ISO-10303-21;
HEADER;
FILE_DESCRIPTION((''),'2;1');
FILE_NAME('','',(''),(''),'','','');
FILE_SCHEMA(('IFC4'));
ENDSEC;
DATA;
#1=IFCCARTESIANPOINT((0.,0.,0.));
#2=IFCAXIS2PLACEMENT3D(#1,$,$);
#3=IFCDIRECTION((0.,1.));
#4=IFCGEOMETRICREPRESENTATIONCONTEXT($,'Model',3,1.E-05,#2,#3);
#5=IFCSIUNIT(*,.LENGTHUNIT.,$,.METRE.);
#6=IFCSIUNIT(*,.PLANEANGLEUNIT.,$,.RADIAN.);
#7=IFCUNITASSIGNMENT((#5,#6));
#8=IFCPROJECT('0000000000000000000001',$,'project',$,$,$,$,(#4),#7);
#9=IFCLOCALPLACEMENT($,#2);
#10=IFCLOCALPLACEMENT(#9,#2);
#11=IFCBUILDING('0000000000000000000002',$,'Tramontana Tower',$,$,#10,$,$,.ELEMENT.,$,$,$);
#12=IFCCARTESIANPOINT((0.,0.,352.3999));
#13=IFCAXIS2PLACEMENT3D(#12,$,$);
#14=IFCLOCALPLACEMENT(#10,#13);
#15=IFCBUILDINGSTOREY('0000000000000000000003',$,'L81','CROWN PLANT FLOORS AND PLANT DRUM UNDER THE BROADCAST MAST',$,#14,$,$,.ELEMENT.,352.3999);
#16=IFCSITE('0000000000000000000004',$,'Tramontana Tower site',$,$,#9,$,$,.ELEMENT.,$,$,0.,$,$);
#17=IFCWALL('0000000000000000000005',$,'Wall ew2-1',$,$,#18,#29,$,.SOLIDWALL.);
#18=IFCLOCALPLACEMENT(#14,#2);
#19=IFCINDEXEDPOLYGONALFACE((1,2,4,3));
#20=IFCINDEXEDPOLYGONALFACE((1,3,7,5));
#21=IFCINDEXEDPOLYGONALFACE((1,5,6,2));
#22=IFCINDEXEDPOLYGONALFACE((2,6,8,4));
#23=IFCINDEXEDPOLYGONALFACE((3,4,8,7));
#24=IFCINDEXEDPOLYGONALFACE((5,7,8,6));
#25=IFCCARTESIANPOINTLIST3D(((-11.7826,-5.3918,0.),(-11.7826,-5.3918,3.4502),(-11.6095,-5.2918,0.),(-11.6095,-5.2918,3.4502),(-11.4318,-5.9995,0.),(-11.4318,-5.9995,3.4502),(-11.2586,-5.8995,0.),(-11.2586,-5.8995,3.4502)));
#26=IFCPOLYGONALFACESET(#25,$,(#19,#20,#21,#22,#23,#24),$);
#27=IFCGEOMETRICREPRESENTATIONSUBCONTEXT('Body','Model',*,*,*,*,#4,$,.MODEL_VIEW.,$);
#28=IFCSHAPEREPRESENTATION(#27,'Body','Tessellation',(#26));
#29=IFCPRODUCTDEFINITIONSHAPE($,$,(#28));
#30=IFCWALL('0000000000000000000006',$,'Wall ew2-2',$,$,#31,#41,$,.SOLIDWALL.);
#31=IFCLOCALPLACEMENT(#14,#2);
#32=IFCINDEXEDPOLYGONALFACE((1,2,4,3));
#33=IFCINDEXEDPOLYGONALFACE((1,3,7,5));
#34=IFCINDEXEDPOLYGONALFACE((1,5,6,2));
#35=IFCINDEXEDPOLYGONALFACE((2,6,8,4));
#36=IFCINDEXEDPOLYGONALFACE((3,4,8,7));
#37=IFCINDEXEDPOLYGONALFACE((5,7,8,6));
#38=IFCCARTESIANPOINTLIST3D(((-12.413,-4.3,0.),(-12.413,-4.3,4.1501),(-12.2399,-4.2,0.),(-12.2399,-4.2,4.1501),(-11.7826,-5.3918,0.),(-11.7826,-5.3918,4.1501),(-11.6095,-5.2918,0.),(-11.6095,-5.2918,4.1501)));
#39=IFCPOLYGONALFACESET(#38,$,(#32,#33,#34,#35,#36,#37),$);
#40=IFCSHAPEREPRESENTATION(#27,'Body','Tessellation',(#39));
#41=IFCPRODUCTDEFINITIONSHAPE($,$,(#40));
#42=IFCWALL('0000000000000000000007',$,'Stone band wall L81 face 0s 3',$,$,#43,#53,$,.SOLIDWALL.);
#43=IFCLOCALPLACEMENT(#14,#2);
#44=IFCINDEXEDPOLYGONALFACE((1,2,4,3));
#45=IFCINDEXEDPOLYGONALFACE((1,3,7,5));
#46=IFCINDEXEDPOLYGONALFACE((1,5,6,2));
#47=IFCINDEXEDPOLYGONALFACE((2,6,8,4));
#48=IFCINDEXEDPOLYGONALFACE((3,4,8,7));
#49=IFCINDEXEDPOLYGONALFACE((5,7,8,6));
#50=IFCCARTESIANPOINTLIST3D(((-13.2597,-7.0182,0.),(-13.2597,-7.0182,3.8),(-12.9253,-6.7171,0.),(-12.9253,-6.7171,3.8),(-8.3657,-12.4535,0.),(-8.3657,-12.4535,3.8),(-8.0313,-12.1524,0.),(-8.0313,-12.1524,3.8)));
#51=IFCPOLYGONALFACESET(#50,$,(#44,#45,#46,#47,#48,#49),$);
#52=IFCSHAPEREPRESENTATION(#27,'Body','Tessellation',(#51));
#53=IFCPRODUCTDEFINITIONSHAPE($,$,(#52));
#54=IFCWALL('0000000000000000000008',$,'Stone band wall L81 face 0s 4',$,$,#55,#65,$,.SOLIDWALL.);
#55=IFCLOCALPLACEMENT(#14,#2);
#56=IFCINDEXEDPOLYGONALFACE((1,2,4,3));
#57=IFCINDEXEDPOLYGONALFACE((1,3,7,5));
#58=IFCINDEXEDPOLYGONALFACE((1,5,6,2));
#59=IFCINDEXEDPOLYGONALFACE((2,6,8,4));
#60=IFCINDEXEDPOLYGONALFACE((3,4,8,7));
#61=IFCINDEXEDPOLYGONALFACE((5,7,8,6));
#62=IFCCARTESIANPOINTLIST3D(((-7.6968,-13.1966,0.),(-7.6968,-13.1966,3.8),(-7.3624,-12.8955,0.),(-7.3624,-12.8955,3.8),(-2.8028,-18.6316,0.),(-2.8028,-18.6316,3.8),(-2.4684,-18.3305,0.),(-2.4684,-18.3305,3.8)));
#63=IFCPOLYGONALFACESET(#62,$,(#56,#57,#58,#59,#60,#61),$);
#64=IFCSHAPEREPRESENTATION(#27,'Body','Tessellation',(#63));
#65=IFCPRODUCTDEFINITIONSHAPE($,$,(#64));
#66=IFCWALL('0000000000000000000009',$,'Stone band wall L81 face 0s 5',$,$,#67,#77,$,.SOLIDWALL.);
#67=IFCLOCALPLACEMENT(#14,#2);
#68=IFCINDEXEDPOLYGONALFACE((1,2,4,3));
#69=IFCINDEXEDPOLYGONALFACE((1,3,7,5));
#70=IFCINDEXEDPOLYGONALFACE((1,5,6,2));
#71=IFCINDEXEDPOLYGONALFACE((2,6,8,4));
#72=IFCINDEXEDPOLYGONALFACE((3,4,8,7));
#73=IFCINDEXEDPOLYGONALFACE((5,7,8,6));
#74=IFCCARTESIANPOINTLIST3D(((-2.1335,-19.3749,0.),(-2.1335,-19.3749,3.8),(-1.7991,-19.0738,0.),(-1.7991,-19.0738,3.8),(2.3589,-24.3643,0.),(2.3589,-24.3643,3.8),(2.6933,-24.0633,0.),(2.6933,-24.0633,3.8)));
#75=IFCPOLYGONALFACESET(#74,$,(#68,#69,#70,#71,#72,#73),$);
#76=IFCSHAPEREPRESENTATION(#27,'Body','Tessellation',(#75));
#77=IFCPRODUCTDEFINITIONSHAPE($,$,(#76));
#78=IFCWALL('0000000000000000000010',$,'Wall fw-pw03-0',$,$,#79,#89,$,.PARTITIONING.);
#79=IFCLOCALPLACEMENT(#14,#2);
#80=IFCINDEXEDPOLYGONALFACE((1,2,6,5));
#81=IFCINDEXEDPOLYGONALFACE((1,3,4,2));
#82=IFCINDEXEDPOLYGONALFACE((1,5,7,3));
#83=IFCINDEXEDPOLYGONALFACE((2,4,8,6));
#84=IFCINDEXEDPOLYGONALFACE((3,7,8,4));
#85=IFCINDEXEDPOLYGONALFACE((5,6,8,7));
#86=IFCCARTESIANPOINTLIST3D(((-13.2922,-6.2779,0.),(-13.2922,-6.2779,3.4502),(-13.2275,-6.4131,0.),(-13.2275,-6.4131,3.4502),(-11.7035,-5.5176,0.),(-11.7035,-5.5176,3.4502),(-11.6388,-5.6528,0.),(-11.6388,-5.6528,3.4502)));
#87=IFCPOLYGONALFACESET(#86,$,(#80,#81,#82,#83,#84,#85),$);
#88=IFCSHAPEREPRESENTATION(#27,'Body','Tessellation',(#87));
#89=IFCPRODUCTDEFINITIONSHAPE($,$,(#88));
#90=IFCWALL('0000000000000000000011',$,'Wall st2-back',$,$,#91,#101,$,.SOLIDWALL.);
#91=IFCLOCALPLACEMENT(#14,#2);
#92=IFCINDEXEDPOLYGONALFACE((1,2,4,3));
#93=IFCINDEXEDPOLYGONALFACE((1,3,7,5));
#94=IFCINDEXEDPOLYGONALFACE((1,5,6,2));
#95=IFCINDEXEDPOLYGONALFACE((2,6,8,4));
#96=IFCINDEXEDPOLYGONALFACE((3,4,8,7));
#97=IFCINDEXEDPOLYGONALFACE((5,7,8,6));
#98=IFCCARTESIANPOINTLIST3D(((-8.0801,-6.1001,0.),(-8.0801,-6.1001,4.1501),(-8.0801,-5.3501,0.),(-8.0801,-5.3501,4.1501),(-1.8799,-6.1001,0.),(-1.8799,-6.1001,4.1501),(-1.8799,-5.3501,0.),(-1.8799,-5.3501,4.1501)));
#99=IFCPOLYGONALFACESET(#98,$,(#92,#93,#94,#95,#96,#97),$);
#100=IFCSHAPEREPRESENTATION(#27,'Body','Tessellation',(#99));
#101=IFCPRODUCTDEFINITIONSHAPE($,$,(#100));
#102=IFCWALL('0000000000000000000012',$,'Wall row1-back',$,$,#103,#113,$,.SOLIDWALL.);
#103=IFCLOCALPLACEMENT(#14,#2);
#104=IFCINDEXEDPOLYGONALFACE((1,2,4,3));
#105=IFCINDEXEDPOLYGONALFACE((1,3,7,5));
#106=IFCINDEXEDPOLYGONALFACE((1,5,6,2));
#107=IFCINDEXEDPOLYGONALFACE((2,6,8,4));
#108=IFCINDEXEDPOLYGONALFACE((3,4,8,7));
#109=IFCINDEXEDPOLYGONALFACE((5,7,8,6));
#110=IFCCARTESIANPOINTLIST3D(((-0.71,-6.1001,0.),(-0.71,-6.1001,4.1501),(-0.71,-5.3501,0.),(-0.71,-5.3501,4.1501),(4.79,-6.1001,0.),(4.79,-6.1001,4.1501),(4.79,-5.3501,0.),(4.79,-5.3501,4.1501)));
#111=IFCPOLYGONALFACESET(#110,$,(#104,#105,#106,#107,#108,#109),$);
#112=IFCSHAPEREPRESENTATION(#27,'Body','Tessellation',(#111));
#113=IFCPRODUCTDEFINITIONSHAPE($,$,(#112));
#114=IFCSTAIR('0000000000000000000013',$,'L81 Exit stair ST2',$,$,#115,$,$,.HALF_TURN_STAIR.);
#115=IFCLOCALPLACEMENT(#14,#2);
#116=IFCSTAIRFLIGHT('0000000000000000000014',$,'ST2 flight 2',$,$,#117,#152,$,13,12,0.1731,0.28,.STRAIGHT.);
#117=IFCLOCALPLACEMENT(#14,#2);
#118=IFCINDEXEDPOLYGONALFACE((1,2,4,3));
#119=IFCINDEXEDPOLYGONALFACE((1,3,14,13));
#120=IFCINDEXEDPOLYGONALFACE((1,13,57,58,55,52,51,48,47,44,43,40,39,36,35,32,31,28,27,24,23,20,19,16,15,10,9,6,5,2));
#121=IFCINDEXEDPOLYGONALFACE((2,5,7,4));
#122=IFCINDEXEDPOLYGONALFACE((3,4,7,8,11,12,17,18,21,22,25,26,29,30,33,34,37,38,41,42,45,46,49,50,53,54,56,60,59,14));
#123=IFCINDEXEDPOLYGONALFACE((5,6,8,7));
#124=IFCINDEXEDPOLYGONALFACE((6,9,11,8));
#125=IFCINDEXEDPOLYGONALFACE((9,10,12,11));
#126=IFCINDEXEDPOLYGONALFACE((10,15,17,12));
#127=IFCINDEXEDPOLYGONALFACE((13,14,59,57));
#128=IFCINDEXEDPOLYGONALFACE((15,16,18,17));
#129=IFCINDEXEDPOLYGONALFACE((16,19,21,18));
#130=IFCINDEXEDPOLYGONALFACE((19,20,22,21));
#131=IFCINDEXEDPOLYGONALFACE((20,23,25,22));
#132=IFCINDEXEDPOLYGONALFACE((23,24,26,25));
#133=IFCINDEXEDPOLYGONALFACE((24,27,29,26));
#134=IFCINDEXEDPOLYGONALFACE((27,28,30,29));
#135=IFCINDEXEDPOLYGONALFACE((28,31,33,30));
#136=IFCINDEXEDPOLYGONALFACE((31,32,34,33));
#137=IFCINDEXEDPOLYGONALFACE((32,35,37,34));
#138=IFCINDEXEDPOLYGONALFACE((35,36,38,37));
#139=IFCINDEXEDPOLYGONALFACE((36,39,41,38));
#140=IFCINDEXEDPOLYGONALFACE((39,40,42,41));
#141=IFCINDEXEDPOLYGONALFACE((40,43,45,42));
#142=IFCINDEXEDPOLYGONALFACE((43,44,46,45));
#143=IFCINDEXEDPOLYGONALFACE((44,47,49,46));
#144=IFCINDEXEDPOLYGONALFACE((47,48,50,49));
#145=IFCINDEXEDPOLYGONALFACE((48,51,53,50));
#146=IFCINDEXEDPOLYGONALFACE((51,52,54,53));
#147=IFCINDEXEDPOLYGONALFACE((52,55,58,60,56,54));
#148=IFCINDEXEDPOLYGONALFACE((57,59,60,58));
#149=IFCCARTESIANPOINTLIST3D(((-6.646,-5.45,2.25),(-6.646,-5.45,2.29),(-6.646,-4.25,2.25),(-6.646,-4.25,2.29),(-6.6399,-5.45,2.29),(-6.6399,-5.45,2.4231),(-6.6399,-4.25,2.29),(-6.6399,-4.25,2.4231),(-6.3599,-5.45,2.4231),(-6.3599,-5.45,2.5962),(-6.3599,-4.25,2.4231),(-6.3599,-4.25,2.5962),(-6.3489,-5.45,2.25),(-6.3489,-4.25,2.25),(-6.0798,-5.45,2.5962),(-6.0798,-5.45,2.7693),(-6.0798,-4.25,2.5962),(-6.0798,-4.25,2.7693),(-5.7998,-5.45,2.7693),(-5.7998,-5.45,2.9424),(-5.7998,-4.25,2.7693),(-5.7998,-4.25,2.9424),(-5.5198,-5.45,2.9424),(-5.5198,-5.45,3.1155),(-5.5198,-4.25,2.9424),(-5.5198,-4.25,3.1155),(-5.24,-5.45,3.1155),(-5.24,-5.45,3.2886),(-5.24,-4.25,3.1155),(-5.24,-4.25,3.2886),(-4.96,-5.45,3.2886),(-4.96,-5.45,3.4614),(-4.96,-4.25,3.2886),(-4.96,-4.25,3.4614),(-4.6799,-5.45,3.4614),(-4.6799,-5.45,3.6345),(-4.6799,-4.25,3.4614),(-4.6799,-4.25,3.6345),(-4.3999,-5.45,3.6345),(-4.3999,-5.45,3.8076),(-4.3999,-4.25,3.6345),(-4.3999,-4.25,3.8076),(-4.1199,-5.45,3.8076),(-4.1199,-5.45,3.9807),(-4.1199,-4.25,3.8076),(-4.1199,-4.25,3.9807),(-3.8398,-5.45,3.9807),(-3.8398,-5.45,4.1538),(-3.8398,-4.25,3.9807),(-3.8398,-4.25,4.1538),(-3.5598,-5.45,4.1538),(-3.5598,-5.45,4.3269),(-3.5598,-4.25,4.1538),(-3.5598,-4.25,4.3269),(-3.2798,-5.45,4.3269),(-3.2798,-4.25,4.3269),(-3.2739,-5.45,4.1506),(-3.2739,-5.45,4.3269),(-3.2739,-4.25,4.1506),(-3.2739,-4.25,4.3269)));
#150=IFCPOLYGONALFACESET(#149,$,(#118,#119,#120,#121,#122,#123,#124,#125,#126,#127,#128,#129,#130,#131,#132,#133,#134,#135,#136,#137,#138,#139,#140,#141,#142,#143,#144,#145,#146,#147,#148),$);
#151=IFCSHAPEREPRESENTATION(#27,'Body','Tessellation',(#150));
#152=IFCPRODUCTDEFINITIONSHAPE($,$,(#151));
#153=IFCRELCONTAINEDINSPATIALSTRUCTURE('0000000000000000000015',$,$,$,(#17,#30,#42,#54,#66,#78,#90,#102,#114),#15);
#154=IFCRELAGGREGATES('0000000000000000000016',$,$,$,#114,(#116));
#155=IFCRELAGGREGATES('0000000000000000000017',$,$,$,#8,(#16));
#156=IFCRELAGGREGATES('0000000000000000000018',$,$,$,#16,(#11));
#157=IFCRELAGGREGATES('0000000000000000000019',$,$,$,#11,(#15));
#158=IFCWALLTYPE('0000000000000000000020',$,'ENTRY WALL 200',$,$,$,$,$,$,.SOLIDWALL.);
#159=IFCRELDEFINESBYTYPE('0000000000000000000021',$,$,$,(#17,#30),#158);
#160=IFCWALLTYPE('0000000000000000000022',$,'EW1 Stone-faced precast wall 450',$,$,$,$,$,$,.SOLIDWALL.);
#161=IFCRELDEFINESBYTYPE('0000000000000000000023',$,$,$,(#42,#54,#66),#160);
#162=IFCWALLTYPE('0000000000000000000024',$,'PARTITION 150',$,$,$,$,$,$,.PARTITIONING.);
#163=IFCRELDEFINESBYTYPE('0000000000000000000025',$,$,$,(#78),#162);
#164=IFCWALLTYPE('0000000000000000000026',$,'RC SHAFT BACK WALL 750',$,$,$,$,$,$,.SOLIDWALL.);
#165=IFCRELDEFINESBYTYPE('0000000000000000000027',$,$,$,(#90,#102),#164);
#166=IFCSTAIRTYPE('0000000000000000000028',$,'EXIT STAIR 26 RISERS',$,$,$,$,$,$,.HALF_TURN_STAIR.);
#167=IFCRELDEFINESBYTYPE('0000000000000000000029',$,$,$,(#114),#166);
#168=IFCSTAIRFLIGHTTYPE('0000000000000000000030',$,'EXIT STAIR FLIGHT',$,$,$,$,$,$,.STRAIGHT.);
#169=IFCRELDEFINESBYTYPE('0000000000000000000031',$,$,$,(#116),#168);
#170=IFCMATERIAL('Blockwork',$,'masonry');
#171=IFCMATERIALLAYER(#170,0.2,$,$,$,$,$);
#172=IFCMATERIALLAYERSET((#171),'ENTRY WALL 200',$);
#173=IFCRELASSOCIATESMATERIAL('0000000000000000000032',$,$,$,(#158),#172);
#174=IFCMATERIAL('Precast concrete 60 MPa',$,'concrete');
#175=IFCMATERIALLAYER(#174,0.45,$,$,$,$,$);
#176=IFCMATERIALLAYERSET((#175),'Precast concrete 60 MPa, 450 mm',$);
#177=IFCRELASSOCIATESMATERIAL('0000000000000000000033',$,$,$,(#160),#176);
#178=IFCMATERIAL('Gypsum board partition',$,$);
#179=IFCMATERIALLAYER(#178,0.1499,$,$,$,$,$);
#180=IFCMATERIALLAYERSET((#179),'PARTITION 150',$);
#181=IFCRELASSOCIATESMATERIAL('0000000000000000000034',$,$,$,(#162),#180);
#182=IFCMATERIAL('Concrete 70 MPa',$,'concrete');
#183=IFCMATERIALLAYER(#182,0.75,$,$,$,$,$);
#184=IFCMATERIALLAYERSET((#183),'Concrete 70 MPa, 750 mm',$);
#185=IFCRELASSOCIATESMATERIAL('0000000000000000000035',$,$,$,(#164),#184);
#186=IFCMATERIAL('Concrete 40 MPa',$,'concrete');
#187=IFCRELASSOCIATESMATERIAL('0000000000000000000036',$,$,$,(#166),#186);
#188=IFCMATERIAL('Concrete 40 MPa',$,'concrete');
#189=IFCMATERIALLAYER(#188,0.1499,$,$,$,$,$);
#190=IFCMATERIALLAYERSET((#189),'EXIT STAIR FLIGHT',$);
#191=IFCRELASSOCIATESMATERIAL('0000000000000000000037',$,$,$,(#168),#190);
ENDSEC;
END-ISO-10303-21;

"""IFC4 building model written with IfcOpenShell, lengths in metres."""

from ifc_helpers import new_model, si_unit, direction, frame, frame_2d, origin, place, context, subcontext, project, spatial, polyline, rectangle, outline, extrude, material, layer, layer_set, type_object, element, aggregate, save


model = new_model("IFC4")

# Units and contexts
model_context = context("Model", 3, precision=1e-05, world=origin(), true_north=direction((0.0, 1.0)))
body_context = subcontext(model_context, "Body", "Model", "MODEL_VIEW")
ifc_project = project(units=[si_unit("LENGTHUNIT", "METRE"), si_unit("PLANEANGLEUNIT", "RADIAN")], contexts=[model_context])

# Site, building, storey
site_placement = place(None, origin())
site = spatial("IfcSite", under=ifc_project, at=site_placement, Name="Tramontana Tower site", CompositionType="ELEMENT", RefElevation=0.0)
building_placement = place(site_placement, origin())
building = spatial("IfcBuilding", under=site, at=building_placement, Name="Tramontana Tower", CompositionType="ELEMENT")
storey_placement = place(building_placement, frame((0.0, 0.0, 352.3999)))
storey = spatial("IfcBuildingStorey", under=building, at=storey_placement, Name="L81", Description="CROWN PLANT FLOORS AND PLANT DRUM UNDER THE BROADCAST MAST", CompositionType="ELEMENT", Elevation=352.3999)

# Shared definitions
ifc_material_1 = material(Name="Blockwork", Category="masonry")
ifc_layer_1 = layer(ifc_material_1, 0.2)
ifc_layer_set_1 = layer_set([ifc_layer_1], Name="ENTRY WALL 200")
wall_type_1 = type_object("IfcWallType", Name="ENTRY WALL 200", PredefinedType="SOLIDWALL", material=ifc_layer_set_1)

# Walls
wall_1_placement = place(storey_placement, frame((-11.3452, -5.9495, 0.0), z_axis=(0.0, 0.0, 1.0), x_axis=(-0.499994, 0.866029, 0.0)))
element("IfcWall", 1, at=wall_1_placement, inside=storey, type_object=wall_type_1, Name="Wall ew2-1", PredefinedType="SOLIDWALL", context=body_context, shape_type="SweptSolid", body=[
    extrude(rectangle(XDim=0.7017, YDim=0.2, at=frame_2d((0.3508, 0.0))), origin(), (0.0, 0.0, 1.0), 3.4502),
])
wall_2_placement = place(storey_placement, frame((-11.696, -5.3418, 0.0), z_axis=(0.0, 0.0, 1.0), x_axis=(-0.500013, 0.866018, 0.0)))
element("IfcWall", 2, at=wall_2_placement, inside=storey, type_object=wall_type_1, Name="Wall ew2-2", PredefinedType="SOLIDWALL", context=body_context, shape_type="SweptSolid", body=[
    extrude(rectangle(XDim=1.2607, YDim=0.2, at=frame_2d((0.6304, 0.0))), origin(), (0.0, 0.0, 1.0), 4.1501),
])
ifc_material_2 = material(Name="Precast concrete 60 MPa", Category="concrete")
ifc_layer_2 = layer(ifc_material_2, 0.45)
ifc_layer_set_2 = layer_set([ifc_layer_2], Name="Precast concrete 60 MPa, 450 mm")
wall_type_2 = type_object("IfcWallType", Name="EW1 Stone-faced precast wall 450", PredefinedType="SOLIDWALL", material=ifc_layer_set_2)
wall_3_placement = place(storey_placement, frame((-13.0925, -6.8677, 0.0), z_axis=(0.0, 0.0, 1.0), x_axis=(0.669136, -0.74314, 0.0)))
element("IfcWall", 3, at=wall_3_placement, inside=storey, type_object=wall_type_2, Name="Stone band wall L81 face 0s 3", PredefinedType="SOLIDWALL", context=body_context, shape_type="SweptSolid", body=[
    extrude(rectangle(XDim=7.314, YDim=0.45, at=frame_2d((3.657, 0.0))), origin(), (0.0, 0.0, 1.0), 3.8),
])
wall_4_placement = place(storey_placement, frame((-7.5295, -13.0461, 0.0), z_axis=(0.0, 0.0, 1.0), x_axis=(0.669153, -0.743125, 0.0)))
element("IfcWall", 4, at=wall_4_placement, inside=storey, type_object=wall_type_2, Name="Stone band wall L81 face 0s 4", PredefinedType="SOLIDWALL", context=body_context, shape_type="SweptSolid", body=[
    extrude(rectangle(XDim=7.3137, YDim=0.45, at=frame_2d((3.6567, 0.0))), origin(), (0.0, 0.0, 1.0), 3.8),
])
wall_5_placement = place(storey_placement, frame((-1.9663, -19.2244, 0.0), z_axis=(0.0, 0.0, 1.0), x_axis=(0.669119, -0.743155, 0.0)))
element("IfcWall", 5, at=wall_5_placement, inside=storey, type_object=wall_type_2, Name="Stone band wall L81 face 0s 5", PredefinedType="SOLIDWALL", context=body_context, shape_type="SweptSolid", body=[
    extrude(rectangle(XDim=6.7139, YDim=0.45, at=frame_2d((3.3569, 0.0))), origin(), (0.0, 0.0, 1.0), 3.8),
])
ifc_material_3 = material(Name="Gypsum board partition")
ifc_layer_3 = layer(ifc_material_3, 0.1499)
ifc_layer_set_3 = layer_set([ifc_layer_3], Name="PARTITION 150")
wall_type_3 = type_object("IfcWallType", Name="PARTITION 150", PredefinedType="PARTITIONING", material=ifc_layer_set_3)
wall_6_placement = place(storey_placement, frame((-11.6711, -5.5852, 0.0), z_axis=(0.0, 0.0, 1.0), x_axis=(-0.902029, -0.431676, 0.0)))
element("IfcWall", 6, at=wall_6_placement, inside=storey, type_object=wall_type_3, Name="Wall fw-pw03-0", PredefinedType="PARTITIONING", context=body_context, shape_type="SweptSolid", body=[
    extrude(rectangle(XDim=1.7612, YDim=0.1499, at=frame_2d((0.8806, 0.0))), origin(), (0.0, 0.0, 1.0), 3.4502),
])
ifc_material_4 = material(Name="Concrete 70 MPa", Category="concrete")
ifc_layer_4 = layer(ifc_material_4, 0.75)
ifc_layer_set_4 = layer_set([ifc_layer_4], Name="Concrete 70 MPa, 750 mm")
wall_type_4 = type_object("IfcWallType", Name="RC SHAFT BACK WALL 750", PredefinedType="SOLIDWALL", material=ifc_layer_set_4)
wall_7_placement = place(storey_placement, frame((-8.0801, -5.7251, 0.0), z_axis=(0.0, 0.0, 1.0), x_axis=(1.0, 0.0, 0.0)))
element("IfcWall", 7, at=wall_7_placement, inside=storey, type_object=wall_type_4, Name="Wall st2-back", PredefinedType="SOLIDWALL", context=body_context, shape_type="SweptSolid", body=[
    extrude(rectangle(XDim=6.2002, YDim=0.75, at=frame_2d((3.1001, 0.0))), origin(), (0.0, 0.0, 1.0), 4.1501),
])
wall_8_placement = place(storey_placement, frame((-0.71, -5.7251, 0.0), z_axis=(0.0, 0.0, 1.0), x_axis=(1.0, 0.0, 0.0)))
element("IfcWall", 8, at=wall_8_placement, inside=storey, type_object=wall_type_4, Name="Wall row1-back", PredefinedType="SOLIDWALL", context=body_context, shape_type="SweptSolid", body=[
    extrude(rectangle(XDim=5.5, YDim=0.75, at=frame_2d((2.75, 0.0))), origin(), (0.0, 0.0, 1.0), 4.1501),
])

# Stair, stair flight
ifc_material_5 = material(Name="Concrete 40 MPa", Category="concrete")
stair_type = type_object("IfcStairType", Name="EXIT STAIR 26 RISERS", PredefinedType="HALF_TURN_STAIR", material=ifc_material_5)
stair_placement = place(storey_placement, origin())
stair = element("IfcStair", 9, at=stair_placement, inside=storey, type_object=stair_type, Name="L81 Exit stair ST2", PredefinedType="HALF_TURN_STAIR")
ifc_material_6 = material(Name="Concrete 40 MPa", Category="concrete")
ifc_layer_5 = layer(ifc_material_6, 0.1499)
ifc_layer_set_5 = layer_set([ifc_layer_5], Name="EXIT STAIR FLIGHT")
stair_flight_type = type_object("IfcStairFlightType", Name="EXIT STAIR FLIGHT", PredefinedType="STRAIGHT", material=ifc_layer_set_5)
stair_flight_placement = place(storey_placement, frame((-6.6399, -4.8501, 2.25), z_axis=(0.0, 0.0, 1.0), x_axis=(1.0, 0.0, 0.0)))
stair_flight = element("IfcStairFlight", 10, at=stair_flight_placement, type_object=stair_flight_type, Name="ST2 flight 2", NumberOfRisers=13, NumberOfTreads=12, PredefinedType="STRAIGHT", RiserHeight=0.1731, TreadLength=0.28, context=body_context, shape_type="SweptSolid", body=[
    extrude(outline(polyline([(-0.0061, 0.0), (-0.0061, 0.04), (0.0, 0.04), (0.0, 0.1731), (0.28, 0.1731), (0.28, 0.3462), (0.5601, 0.3462), (0.5601, 0.5193), (0.8401, 0.5193), (0.8401, 0.6924), (1.1201, 0.6924), (1.1201, 0.8655), (1.3999, 0.8655), (1.3999, 1.0386), (1.6799, 1.0386), (1.6799, 1.2114), (1.96, 1.2114), (1.96, 1.3845), (2.24, 1.3845), (2.24, 1.5576), (2.52, 1.5576), (2.52, 1.7307), (2.8, 1.7307), (2.8, 1.9038), (3.0801, 1.9038), (3.0801, 2.0769), (3.3601, 2.0769), (3.366, 2.0769), (3.366, 1.9006), (0.291, 0.0), (-0.0061, 0.0)])), frame((0.0, 0.6001, 0.0), z_axis=(0.0, -1.0, 0.0), x_axis=(1.0, 0.0, 0.0)), (0.0, 0.0, 1.0), 1.2),
])
aggregate(stair, [stair_flight])

save(model, "model.ifc")
